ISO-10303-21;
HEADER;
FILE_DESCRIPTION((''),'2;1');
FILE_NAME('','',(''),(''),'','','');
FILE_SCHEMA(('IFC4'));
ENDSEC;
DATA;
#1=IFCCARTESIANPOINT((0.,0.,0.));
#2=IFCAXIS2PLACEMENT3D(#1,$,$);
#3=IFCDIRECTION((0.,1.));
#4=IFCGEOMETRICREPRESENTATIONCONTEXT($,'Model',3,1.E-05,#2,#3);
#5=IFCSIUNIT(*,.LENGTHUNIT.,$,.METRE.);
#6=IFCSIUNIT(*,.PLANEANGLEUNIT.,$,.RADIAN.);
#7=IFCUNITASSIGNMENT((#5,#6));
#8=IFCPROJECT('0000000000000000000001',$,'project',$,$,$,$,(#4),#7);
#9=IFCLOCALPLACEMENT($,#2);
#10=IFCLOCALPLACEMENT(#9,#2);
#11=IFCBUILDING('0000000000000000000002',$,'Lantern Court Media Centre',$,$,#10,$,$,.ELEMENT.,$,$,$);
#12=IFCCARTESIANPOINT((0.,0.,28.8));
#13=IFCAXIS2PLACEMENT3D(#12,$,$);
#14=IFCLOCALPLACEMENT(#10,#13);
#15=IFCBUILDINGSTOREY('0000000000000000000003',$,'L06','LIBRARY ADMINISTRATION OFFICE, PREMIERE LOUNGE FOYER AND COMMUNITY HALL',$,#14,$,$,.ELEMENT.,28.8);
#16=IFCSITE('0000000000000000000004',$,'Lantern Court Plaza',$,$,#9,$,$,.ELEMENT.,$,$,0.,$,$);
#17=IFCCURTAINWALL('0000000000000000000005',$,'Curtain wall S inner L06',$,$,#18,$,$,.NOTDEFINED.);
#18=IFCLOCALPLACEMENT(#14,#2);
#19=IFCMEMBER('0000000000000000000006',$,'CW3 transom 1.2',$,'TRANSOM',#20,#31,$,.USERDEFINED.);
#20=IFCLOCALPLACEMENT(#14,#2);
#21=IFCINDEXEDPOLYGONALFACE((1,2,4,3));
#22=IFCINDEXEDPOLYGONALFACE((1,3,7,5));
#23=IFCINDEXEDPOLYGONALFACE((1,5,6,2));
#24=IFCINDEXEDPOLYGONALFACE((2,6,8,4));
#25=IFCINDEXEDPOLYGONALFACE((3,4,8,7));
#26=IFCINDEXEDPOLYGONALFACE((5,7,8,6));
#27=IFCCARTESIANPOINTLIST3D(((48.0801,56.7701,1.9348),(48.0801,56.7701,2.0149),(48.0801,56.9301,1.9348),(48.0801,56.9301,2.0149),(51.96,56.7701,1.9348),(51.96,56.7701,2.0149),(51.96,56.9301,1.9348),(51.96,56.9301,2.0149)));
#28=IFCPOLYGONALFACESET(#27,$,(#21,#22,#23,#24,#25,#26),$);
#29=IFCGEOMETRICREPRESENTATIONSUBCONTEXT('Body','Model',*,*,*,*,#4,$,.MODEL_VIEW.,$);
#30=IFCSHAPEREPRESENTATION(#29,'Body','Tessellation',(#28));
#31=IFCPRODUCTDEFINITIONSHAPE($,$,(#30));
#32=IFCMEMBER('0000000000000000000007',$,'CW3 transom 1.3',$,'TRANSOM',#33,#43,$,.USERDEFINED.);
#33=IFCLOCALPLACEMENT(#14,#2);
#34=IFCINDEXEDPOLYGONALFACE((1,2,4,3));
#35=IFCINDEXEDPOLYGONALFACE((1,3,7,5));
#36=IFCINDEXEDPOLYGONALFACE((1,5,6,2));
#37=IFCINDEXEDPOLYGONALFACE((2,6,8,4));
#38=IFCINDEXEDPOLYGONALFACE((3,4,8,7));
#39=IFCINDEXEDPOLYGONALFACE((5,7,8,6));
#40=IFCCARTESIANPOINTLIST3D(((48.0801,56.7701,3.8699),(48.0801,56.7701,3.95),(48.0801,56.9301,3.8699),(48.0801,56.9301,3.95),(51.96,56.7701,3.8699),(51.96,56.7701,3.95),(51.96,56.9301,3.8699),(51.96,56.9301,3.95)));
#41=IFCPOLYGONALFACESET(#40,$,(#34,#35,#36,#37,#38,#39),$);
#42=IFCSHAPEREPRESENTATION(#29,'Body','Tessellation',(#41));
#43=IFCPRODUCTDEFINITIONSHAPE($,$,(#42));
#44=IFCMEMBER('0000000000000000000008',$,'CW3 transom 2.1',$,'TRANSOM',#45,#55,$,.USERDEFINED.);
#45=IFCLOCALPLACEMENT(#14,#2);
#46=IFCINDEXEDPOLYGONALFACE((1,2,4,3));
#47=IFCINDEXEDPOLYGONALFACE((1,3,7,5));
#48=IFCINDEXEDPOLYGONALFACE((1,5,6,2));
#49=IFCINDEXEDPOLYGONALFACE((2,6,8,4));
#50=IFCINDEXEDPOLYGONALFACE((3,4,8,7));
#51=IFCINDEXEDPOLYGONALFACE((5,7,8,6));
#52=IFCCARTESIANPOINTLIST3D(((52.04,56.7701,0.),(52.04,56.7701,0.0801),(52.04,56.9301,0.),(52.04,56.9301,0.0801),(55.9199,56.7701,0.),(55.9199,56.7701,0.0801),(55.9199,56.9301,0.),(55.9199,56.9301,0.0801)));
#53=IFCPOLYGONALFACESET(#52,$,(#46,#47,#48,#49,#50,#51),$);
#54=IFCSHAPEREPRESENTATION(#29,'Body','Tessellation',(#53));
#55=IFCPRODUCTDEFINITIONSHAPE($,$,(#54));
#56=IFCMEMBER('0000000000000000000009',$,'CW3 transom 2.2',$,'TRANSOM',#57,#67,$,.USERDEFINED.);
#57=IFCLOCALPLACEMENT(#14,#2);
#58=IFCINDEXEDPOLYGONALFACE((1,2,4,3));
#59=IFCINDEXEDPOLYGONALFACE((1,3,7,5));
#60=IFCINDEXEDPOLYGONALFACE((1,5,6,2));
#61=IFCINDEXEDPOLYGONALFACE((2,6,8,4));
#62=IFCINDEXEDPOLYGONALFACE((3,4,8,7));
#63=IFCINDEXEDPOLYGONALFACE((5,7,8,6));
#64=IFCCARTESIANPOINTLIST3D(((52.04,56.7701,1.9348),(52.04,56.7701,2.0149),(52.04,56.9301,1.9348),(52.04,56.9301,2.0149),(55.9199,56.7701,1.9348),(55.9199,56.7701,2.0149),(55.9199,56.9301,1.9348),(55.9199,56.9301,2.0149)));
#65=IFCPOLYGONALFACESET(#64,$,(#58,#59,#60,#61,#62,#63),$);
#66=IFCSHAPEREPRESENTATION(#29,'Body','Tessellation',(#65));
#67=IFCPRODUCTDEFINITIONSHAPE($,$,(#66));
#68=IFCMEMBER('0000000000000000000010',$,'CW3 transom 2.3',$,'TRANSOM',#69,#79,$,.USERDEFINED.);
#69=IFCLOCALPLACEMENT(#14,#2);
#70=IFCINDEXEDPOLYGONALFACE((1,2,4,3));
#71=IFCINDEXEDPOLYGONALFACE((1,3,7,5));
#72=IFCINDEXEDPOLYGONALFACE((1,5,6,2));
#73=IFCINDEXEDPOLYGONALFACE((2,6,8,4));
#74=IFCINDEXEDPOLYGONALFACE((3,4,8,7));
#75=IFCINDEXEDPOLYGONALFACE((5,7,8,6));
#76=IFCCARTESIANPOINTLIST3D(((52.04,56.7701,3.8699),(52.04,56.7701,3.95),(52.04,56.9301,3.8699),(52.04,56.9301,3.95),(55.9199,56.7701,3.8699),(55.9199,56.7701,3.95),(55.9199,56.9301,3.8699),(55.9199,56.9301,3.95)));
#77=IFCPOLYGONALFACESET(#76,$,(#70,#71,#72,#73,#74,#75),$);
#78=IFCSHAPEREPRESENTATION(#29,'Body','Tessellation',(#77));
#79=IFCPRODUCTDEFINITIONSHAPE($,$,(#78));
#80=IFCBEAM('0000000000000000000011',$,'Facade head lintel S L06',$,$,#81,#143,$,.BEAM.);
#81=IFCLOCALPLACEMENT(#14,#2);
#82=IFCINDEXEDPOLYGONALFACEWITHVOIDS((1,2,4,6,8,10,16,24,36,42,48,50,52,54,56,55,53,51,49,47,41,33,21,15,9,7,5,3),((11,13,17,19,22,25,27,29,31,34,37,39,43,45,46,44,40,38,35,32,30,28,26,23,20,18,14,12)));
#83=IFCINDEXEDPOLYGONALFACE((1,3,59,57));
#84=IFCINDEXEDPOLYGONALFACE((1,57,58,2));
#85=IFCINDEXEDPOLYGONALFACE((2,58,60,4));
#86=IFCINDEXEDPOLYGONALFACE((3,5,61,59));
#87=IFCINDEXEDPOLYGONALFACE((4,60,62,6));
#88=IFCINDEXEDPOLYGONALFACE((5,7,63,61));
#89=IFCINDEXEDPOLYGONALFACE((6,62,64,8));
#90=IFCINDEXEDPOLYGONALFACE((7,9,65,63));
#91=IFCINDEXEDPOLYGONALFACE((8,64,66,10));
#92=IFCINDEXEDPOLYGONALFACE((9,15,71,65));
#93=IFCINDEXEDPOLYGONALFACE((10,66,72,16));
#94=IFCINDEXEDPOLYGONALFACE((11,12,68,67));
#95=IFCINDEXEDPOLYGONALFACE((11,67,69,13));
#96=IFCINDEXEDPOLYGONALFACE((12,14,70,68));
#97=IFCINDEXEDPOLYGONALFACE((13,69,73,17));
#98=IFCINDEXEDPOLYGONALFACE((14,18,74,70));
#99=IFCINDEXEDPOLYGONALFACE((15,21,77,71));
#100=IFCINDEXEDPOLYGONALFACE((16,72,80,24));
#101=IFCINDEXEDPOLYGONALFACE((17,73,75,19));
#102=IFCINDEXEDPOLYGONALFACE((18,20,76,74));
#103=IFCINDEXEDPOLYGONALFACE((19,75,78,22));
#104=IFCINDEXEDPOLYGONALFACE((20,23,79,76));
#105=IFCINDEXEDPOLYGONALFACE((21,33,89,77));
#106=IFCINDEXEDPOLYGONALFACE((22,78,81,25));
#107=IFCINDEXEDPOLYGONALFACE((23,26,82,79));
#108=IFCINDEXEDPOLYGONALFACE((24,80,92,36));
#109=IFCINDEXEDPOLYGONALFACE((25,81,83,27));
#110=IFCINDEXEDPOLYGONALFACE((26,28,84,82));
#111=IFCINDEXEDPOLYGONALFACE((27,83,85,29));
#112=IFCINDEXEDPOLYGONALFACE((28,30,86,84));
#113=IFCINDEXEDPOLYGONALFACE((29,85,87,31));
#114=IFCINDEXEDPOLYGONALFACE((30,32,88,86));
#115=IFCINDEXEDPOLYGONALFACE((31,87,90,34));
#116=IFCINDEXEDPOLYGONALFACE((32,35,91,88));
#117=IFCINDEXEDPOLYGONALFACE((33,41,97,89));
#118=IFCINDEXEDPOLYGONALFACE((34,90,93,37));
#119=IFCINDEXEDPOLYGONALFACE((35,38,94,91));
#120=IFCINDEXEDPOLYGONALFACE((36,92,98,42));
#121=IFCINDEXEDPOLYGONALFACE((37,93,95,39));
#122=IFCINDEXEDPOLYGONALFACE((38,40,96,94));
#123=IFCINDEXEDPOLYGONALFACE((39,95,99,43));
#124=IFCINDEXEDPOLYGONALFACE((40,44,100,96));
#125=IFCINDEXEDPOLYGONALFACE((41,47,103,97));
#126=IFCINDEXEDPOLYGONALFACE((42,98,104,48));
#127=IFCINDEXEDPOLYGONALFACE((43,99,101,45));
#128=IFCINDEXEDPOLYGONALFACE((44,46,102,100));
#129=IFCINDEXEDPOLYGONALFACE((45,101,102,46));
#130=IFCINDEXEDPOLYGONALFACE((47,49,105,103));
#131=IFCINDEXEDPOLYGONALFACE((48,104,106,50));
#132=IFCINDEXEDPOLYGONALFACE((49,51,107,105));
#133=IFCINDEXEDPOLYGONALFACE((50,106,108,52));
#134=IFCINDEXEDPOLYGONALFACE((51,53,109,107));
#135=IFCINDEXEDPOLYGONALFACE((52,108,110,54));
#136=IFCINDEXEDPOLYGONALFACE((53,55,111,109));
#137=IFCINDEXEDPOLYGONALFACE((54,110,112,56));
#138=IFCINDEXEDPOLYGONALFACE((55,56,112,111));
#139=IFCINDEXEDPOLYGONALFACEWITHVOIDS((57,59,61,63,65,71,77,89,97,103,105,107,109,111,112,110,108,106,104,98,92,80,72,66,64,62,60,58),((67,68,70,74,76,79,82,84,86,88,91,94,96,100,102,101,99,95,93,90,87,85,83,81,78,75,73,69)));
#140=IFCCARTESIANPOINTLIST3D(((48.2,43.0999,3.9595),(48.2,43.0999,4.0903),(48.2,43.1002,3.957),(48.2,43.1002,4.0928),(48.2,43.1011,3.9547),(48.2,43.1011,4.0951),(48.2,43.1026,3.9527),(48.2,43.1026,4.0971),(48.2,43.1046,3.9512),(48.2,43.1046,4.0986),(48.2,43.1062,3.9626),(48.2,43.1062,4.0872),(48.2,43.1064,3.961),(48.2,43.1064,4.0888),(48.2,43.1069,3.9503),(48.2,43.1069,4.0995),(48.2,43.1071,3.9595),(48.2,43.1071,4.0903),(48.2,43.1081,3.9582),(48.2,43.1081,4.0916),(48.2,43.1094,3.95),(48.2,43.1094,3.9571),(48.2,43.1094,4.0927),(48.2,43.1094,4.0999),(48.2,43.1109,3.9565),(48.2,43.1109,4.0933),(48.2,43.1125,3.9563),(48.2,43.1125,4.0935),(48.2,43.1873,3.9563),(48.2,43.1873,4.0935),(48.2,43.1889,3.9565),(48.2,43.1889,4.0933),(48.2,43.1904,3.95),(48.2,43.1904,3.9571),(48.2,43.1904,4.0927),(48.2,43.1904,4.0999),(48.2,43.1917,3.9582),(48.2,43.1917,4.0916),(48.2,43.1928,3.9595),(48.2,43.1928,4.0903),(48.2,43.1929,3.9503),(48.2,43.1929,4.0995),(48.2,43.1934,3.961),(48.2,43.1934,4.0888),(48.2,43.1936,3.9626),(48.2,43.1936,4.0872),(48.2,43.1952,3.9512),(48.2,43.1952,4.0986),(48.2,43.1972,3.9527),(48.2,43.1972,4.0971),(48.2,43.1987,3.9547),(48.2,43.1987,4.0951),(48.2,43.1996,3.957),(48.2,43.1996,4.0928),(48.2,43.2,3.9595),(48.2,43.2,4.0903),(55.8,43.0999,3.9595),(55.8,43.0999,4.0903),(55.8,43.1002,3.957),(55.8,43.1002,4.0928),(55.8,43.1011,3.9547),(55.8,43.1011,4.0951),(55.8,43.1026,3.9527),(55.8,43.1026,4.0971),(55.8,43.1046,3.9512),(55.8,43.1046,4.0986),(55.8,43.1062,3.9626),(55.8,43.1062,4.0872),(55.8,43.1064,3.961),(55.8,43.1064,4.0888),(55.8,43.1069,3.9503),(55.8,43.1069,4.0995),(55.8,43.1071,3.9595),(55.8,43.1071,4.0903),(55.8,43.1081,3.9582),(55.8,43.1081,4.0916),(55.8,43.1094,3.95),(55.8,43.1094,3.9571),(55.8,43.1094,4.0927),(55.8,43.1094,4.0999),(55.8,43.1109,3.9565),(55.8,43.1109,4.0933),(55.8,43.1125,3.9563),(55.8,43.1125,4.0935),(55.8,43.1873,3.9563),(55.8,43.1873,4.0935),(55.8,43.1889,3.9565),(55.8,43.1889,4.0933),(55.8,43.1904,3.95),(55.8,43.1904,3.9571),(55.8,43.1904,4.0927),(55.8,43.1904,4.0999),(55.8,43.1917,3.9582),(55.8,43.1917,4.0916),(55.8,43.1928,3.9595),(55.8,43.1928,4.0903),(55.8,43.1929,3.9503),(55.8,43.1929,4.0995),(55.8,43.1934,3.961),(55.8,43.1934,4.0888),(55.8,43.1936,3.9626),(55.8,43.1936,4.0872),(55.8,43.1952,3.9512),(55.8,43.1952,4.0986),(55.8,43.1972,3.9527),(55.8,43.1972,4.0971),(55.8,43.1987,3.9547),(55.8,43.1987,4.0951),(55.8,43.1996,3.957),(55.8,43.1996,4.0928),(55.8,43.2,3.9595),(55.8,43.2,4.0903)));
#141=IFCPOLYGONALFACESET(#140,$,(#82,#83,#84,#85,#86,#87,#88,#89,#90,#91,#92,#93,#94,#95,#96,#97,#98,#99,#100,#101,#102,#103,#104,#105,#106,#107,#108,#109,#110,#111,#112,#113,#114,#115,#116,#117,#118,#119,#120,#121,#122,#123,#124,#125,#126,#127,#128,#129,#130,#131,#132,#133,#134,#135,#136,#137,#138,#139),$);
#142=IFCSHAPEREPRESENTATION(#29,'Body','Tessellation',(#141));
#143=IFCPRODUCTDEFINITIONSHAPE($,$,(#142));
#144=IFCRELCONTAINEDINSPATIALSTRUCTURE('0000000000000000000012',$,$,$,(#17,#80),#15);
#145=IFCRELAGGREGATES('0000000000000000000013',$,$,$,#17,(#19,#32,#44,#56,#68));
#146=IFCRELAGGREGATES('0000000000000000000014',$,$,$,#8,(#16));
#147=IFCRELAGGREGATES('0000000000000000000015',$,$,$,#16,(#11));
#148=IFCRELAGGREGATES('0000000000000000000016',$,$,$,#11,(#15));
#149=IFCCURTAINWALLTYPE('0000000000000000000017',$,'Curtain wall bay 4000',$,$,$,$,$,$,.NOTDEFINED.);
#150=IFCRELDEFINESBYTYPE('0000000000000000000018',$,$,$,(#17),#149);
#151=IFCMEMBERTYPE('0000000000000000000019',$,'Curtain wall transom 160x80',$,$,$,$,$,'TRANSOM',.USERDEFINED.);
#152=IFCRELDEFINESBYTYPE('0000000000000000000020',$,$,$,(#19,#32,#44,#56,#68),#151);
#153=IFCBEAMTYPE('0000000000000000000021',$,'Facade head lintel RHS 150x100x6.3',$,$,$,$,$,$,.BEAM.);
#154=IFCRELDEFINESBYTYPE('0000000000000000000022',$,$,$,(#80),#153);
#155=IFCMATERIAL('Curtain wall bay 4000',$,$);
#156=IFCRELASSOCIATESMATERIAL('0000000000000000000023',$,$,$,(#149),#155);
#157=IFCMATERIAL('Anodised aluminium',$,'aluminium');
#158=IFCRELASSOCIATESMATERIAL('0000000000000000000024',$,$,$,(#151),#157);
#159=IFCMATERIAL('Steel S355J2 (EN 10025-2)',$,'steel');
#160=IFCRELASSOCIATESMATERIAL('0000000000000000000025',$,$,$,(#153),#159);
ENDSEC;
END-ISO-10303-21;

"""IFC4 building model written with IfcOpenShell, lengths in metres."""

from ifc_helpers import new_model, si_unit, direction, frame, origin, origin_2d, place, context, subcontext, project, spatial, rectangle, hollow_rectangle, extrude, material, material_profile, profile_set, type_object, element, aggregate, save


model = new_model("IFC4")

# Units and contexts
model_context = context("Model", 3, precision=1e-05, world=origin(), true_north=direction((0.0, 1.0)))
body_context = subcontext(model_context, "Body", "Model", "MODEL_VIEW")
ifc_project = project(units=[si_unit("LENGTHUNIT", "METRE"), si_unit("PLANEANGLEUNIT", "RADIAN")], contexts=[model_context])

# Site, building, storey
site_placement = place(None, origin())
site = spatial("IfcSite", under=ifc_project, at=site_placement, Name="Lantern Court Plaza", CompositionType="ELEMENT", RefElevation=0.0)
building_placement = place(site_placement, origin())
building = spatial("IfcBuilding", under=site, at=building_placement, Name="Lantern Court Media Centre", CompositionType="ELEMENT")
storey_placement = place(building_placement, frame((0.0, 0.0, 28.8)))
storey = spatial("IfcBuildingStorey", under=building, at=storey_placement, Name="L06", Description="LIBRARY ADMINISTRATION OFFICE, PREMIERE LOUNGE FOYER AND COMMUNITY HALL", CompositionType="ELEMENT", Elevation=28.8)

# Curtain wall
ifc_material_1 = material(Name="Curtain wall bay 4000")
curtain_wall_type = type_object("IfcCurtainWallType", Name="Curtain wall bay 4000", PredefinedType="NOTDEFINED", material=ifc_material_1)
ifc_material_2 = material(Name="Anodised aluminium", Category="aluminium")
curtain_wall_1_placement = place(storey_placement, origin())
curtain_wall_1 = element("IfcCurtainWall", 1, at=curtain_wall_1_placement, inside=storey, type_object=curtain_wall_type, Name="Curtain wall S inner L06", PredefinedType="NOTDEFINED")

# Members
ifc_material_profile_1 = material_profile(ifc_material_2, rectangle(XDim=0.1599, YDim=0.0801, at=origin_2d()), Name="AL 80x160")
ifc_profile_set_1 = profile_set([ifc_material_profile_1], Name="Anodised aluminium")
member_type_1 = type_object("IfcMemberType", Name="Curtain wall transom 160x80", ElementType="TRANSOM", PredefinedType="USERDEFINED", material=ifc_profile_set_1)
member_1_placement = place(storey_placement, frame((48.0801, 56.8501, 1.9749), z_axis=(1.0, 0.0, 0.0), x_axis=(0.0, 1.0, 0.0)))
member_1 = element("IfcMember", 2, at=member_1_placement, type_object=member_type_1, Name="CW3 transom 1.2", ObjectType="TRANSOM", PredefinedType="USERDEFINED", context=body_context, shape_type="SweptSolid", body=[
    extrude(rectangle(XDim=0.1599, YDim=0.0801, at=origin_2d()), origin(), (0.0, 0.0, 1.0), 3.8799),
])
member_2_placement = place(storey_placement, frame((48.0801, 56.8501, 3.9099), z_axis=(1.0, 0.0, 0.0), x_axis=(0.0, 1.0, 0.0)))
member_2 = element("IfcMember", 3, at=member_2_placement, type_object=member_type_1, Name="CW3 transom 1.3", ObjectType="TRANSOM", PredefinedType="USERDEFINED", context=body_context, shape_type="SweptSolid", body=[
    extrude(rectangle(XDim=0.1599, YDim=0.0801, at=origin_2d()), origin(), (0.0, 0.0, 1.0), 3.8799),
])
member_3_placement = place(storey_placement, frame((52.04, 56.8501, 0.04), z_axis=(1.0, 0.0, 0.0), x_axis=(0.0, 1.0, 0.0)))
member_3 = element("IfcMember", 4, at=member_3_placement, type_object=member_type_1, Name="CW3 transom 2.1", ObjectType="TRANSOM", PredefinedType="USERDEFINED", context=body_context, shape_type="SweptSolid", body=[
    extrude(rectangle(XDim=0.1599, YDim=0.0801, at=origin_2d()), origin(), (0.0, 0.0, 1.0), 3.8799),
])
member_4_placement = place(storey_placement, frame((52.04, 56.8501, 1.9749), z_axis=(1.0, 0.0, 0.0), x_axis=(0.0, 1.0, 0.0)))
member_4 = element("IfcMember", 5, at=member_4_placement, type_object=member_type_1, Name="CW3 transom 2.2", ObjectType="TRANSOM", PredefinedType="USERDEFINED", context=body_context, shape_type="SweptSolid", body=[
    extrude(rectangle(XDim=0.1599, YDim=0.0801, at=origin_2d()), origin(), (0.0, 0.0, 1.0), 3.8799),
])
member_5_placement = place(storey_placement, frame((52.04, 56.8501, 3.9099), z_axis=(1.0, 0.0, 0.0), x_axis=(0.0, 1.0, 0.0)))
member_5 = element("IfcMember", 6, at=member_5_placement, type_object=member_type_1, Name="CW3 transom 2.3", ObjectType="TRANSOM", PredefinedType="USERDEFINED", context=body_context, shape_type="SweptSolid", body=[
    extrude(rectangle(XDim=0.1599, YDim=0.0801, at=origin_2d()), origin(), (0.0, 0.0, 1.0), 3.8799),
])

# Beam
ifc_material_3 = material(Name="Steel S355J2 (EN 10025-2)", Category="steel")
ifc_material_profile_2 = material_profile(ifc_material_3, hollow_rectangle(XDim=0.1001, YDim=0.1499, WallThickness=0.0063, InnerFilletRadius=0.0063, OuterFilletRadius=0.0095, at=origin_2d()), Name="Facade head lintel RHS 150x100x6.3")
ifc_profile_set_2 = profile_set([ifc_material_profile_2], Name="Steel S355J2 (EN 10025-2)")
beam_type_1 = type_object("IfcBeamType", Name="Facade head lintel RHS 150x100x6.3", PredefinedType="BEAM", material=ifc_profile_set_2)
for number, where, z_axis, x_axis, name in (
    (7, (48.2, 43.1499, 4.0249), (1.0, 0.0, 0.0), (0.0, 1.0, 0.0), "Facade head lintel S L06"),
):
    element("IfcBeam", number, at=place(storey_placement, frame(where, z_axis=z_axis, x_axis=x_axis)), inside=storey, type_object=beam_type_1, Name=name, PredefinedType="BEAM", context=body_context, shape_type="SweptSolid", body=[
        extrude(hollow_rectangle(XDim=0.1001, YDim=0.1499, WallThickness=0.0063, InnerFilletRadius=0.0063, OuterFilletRadius=0.0095, at=origin_2d()), origin(), (0.0, 0.0, 1.0), 7.6001),
    ])

aggregate(curtain_wall_1, [member_1, member_2, member_3, member_4, member_5])

save(model, "model.ifc")
